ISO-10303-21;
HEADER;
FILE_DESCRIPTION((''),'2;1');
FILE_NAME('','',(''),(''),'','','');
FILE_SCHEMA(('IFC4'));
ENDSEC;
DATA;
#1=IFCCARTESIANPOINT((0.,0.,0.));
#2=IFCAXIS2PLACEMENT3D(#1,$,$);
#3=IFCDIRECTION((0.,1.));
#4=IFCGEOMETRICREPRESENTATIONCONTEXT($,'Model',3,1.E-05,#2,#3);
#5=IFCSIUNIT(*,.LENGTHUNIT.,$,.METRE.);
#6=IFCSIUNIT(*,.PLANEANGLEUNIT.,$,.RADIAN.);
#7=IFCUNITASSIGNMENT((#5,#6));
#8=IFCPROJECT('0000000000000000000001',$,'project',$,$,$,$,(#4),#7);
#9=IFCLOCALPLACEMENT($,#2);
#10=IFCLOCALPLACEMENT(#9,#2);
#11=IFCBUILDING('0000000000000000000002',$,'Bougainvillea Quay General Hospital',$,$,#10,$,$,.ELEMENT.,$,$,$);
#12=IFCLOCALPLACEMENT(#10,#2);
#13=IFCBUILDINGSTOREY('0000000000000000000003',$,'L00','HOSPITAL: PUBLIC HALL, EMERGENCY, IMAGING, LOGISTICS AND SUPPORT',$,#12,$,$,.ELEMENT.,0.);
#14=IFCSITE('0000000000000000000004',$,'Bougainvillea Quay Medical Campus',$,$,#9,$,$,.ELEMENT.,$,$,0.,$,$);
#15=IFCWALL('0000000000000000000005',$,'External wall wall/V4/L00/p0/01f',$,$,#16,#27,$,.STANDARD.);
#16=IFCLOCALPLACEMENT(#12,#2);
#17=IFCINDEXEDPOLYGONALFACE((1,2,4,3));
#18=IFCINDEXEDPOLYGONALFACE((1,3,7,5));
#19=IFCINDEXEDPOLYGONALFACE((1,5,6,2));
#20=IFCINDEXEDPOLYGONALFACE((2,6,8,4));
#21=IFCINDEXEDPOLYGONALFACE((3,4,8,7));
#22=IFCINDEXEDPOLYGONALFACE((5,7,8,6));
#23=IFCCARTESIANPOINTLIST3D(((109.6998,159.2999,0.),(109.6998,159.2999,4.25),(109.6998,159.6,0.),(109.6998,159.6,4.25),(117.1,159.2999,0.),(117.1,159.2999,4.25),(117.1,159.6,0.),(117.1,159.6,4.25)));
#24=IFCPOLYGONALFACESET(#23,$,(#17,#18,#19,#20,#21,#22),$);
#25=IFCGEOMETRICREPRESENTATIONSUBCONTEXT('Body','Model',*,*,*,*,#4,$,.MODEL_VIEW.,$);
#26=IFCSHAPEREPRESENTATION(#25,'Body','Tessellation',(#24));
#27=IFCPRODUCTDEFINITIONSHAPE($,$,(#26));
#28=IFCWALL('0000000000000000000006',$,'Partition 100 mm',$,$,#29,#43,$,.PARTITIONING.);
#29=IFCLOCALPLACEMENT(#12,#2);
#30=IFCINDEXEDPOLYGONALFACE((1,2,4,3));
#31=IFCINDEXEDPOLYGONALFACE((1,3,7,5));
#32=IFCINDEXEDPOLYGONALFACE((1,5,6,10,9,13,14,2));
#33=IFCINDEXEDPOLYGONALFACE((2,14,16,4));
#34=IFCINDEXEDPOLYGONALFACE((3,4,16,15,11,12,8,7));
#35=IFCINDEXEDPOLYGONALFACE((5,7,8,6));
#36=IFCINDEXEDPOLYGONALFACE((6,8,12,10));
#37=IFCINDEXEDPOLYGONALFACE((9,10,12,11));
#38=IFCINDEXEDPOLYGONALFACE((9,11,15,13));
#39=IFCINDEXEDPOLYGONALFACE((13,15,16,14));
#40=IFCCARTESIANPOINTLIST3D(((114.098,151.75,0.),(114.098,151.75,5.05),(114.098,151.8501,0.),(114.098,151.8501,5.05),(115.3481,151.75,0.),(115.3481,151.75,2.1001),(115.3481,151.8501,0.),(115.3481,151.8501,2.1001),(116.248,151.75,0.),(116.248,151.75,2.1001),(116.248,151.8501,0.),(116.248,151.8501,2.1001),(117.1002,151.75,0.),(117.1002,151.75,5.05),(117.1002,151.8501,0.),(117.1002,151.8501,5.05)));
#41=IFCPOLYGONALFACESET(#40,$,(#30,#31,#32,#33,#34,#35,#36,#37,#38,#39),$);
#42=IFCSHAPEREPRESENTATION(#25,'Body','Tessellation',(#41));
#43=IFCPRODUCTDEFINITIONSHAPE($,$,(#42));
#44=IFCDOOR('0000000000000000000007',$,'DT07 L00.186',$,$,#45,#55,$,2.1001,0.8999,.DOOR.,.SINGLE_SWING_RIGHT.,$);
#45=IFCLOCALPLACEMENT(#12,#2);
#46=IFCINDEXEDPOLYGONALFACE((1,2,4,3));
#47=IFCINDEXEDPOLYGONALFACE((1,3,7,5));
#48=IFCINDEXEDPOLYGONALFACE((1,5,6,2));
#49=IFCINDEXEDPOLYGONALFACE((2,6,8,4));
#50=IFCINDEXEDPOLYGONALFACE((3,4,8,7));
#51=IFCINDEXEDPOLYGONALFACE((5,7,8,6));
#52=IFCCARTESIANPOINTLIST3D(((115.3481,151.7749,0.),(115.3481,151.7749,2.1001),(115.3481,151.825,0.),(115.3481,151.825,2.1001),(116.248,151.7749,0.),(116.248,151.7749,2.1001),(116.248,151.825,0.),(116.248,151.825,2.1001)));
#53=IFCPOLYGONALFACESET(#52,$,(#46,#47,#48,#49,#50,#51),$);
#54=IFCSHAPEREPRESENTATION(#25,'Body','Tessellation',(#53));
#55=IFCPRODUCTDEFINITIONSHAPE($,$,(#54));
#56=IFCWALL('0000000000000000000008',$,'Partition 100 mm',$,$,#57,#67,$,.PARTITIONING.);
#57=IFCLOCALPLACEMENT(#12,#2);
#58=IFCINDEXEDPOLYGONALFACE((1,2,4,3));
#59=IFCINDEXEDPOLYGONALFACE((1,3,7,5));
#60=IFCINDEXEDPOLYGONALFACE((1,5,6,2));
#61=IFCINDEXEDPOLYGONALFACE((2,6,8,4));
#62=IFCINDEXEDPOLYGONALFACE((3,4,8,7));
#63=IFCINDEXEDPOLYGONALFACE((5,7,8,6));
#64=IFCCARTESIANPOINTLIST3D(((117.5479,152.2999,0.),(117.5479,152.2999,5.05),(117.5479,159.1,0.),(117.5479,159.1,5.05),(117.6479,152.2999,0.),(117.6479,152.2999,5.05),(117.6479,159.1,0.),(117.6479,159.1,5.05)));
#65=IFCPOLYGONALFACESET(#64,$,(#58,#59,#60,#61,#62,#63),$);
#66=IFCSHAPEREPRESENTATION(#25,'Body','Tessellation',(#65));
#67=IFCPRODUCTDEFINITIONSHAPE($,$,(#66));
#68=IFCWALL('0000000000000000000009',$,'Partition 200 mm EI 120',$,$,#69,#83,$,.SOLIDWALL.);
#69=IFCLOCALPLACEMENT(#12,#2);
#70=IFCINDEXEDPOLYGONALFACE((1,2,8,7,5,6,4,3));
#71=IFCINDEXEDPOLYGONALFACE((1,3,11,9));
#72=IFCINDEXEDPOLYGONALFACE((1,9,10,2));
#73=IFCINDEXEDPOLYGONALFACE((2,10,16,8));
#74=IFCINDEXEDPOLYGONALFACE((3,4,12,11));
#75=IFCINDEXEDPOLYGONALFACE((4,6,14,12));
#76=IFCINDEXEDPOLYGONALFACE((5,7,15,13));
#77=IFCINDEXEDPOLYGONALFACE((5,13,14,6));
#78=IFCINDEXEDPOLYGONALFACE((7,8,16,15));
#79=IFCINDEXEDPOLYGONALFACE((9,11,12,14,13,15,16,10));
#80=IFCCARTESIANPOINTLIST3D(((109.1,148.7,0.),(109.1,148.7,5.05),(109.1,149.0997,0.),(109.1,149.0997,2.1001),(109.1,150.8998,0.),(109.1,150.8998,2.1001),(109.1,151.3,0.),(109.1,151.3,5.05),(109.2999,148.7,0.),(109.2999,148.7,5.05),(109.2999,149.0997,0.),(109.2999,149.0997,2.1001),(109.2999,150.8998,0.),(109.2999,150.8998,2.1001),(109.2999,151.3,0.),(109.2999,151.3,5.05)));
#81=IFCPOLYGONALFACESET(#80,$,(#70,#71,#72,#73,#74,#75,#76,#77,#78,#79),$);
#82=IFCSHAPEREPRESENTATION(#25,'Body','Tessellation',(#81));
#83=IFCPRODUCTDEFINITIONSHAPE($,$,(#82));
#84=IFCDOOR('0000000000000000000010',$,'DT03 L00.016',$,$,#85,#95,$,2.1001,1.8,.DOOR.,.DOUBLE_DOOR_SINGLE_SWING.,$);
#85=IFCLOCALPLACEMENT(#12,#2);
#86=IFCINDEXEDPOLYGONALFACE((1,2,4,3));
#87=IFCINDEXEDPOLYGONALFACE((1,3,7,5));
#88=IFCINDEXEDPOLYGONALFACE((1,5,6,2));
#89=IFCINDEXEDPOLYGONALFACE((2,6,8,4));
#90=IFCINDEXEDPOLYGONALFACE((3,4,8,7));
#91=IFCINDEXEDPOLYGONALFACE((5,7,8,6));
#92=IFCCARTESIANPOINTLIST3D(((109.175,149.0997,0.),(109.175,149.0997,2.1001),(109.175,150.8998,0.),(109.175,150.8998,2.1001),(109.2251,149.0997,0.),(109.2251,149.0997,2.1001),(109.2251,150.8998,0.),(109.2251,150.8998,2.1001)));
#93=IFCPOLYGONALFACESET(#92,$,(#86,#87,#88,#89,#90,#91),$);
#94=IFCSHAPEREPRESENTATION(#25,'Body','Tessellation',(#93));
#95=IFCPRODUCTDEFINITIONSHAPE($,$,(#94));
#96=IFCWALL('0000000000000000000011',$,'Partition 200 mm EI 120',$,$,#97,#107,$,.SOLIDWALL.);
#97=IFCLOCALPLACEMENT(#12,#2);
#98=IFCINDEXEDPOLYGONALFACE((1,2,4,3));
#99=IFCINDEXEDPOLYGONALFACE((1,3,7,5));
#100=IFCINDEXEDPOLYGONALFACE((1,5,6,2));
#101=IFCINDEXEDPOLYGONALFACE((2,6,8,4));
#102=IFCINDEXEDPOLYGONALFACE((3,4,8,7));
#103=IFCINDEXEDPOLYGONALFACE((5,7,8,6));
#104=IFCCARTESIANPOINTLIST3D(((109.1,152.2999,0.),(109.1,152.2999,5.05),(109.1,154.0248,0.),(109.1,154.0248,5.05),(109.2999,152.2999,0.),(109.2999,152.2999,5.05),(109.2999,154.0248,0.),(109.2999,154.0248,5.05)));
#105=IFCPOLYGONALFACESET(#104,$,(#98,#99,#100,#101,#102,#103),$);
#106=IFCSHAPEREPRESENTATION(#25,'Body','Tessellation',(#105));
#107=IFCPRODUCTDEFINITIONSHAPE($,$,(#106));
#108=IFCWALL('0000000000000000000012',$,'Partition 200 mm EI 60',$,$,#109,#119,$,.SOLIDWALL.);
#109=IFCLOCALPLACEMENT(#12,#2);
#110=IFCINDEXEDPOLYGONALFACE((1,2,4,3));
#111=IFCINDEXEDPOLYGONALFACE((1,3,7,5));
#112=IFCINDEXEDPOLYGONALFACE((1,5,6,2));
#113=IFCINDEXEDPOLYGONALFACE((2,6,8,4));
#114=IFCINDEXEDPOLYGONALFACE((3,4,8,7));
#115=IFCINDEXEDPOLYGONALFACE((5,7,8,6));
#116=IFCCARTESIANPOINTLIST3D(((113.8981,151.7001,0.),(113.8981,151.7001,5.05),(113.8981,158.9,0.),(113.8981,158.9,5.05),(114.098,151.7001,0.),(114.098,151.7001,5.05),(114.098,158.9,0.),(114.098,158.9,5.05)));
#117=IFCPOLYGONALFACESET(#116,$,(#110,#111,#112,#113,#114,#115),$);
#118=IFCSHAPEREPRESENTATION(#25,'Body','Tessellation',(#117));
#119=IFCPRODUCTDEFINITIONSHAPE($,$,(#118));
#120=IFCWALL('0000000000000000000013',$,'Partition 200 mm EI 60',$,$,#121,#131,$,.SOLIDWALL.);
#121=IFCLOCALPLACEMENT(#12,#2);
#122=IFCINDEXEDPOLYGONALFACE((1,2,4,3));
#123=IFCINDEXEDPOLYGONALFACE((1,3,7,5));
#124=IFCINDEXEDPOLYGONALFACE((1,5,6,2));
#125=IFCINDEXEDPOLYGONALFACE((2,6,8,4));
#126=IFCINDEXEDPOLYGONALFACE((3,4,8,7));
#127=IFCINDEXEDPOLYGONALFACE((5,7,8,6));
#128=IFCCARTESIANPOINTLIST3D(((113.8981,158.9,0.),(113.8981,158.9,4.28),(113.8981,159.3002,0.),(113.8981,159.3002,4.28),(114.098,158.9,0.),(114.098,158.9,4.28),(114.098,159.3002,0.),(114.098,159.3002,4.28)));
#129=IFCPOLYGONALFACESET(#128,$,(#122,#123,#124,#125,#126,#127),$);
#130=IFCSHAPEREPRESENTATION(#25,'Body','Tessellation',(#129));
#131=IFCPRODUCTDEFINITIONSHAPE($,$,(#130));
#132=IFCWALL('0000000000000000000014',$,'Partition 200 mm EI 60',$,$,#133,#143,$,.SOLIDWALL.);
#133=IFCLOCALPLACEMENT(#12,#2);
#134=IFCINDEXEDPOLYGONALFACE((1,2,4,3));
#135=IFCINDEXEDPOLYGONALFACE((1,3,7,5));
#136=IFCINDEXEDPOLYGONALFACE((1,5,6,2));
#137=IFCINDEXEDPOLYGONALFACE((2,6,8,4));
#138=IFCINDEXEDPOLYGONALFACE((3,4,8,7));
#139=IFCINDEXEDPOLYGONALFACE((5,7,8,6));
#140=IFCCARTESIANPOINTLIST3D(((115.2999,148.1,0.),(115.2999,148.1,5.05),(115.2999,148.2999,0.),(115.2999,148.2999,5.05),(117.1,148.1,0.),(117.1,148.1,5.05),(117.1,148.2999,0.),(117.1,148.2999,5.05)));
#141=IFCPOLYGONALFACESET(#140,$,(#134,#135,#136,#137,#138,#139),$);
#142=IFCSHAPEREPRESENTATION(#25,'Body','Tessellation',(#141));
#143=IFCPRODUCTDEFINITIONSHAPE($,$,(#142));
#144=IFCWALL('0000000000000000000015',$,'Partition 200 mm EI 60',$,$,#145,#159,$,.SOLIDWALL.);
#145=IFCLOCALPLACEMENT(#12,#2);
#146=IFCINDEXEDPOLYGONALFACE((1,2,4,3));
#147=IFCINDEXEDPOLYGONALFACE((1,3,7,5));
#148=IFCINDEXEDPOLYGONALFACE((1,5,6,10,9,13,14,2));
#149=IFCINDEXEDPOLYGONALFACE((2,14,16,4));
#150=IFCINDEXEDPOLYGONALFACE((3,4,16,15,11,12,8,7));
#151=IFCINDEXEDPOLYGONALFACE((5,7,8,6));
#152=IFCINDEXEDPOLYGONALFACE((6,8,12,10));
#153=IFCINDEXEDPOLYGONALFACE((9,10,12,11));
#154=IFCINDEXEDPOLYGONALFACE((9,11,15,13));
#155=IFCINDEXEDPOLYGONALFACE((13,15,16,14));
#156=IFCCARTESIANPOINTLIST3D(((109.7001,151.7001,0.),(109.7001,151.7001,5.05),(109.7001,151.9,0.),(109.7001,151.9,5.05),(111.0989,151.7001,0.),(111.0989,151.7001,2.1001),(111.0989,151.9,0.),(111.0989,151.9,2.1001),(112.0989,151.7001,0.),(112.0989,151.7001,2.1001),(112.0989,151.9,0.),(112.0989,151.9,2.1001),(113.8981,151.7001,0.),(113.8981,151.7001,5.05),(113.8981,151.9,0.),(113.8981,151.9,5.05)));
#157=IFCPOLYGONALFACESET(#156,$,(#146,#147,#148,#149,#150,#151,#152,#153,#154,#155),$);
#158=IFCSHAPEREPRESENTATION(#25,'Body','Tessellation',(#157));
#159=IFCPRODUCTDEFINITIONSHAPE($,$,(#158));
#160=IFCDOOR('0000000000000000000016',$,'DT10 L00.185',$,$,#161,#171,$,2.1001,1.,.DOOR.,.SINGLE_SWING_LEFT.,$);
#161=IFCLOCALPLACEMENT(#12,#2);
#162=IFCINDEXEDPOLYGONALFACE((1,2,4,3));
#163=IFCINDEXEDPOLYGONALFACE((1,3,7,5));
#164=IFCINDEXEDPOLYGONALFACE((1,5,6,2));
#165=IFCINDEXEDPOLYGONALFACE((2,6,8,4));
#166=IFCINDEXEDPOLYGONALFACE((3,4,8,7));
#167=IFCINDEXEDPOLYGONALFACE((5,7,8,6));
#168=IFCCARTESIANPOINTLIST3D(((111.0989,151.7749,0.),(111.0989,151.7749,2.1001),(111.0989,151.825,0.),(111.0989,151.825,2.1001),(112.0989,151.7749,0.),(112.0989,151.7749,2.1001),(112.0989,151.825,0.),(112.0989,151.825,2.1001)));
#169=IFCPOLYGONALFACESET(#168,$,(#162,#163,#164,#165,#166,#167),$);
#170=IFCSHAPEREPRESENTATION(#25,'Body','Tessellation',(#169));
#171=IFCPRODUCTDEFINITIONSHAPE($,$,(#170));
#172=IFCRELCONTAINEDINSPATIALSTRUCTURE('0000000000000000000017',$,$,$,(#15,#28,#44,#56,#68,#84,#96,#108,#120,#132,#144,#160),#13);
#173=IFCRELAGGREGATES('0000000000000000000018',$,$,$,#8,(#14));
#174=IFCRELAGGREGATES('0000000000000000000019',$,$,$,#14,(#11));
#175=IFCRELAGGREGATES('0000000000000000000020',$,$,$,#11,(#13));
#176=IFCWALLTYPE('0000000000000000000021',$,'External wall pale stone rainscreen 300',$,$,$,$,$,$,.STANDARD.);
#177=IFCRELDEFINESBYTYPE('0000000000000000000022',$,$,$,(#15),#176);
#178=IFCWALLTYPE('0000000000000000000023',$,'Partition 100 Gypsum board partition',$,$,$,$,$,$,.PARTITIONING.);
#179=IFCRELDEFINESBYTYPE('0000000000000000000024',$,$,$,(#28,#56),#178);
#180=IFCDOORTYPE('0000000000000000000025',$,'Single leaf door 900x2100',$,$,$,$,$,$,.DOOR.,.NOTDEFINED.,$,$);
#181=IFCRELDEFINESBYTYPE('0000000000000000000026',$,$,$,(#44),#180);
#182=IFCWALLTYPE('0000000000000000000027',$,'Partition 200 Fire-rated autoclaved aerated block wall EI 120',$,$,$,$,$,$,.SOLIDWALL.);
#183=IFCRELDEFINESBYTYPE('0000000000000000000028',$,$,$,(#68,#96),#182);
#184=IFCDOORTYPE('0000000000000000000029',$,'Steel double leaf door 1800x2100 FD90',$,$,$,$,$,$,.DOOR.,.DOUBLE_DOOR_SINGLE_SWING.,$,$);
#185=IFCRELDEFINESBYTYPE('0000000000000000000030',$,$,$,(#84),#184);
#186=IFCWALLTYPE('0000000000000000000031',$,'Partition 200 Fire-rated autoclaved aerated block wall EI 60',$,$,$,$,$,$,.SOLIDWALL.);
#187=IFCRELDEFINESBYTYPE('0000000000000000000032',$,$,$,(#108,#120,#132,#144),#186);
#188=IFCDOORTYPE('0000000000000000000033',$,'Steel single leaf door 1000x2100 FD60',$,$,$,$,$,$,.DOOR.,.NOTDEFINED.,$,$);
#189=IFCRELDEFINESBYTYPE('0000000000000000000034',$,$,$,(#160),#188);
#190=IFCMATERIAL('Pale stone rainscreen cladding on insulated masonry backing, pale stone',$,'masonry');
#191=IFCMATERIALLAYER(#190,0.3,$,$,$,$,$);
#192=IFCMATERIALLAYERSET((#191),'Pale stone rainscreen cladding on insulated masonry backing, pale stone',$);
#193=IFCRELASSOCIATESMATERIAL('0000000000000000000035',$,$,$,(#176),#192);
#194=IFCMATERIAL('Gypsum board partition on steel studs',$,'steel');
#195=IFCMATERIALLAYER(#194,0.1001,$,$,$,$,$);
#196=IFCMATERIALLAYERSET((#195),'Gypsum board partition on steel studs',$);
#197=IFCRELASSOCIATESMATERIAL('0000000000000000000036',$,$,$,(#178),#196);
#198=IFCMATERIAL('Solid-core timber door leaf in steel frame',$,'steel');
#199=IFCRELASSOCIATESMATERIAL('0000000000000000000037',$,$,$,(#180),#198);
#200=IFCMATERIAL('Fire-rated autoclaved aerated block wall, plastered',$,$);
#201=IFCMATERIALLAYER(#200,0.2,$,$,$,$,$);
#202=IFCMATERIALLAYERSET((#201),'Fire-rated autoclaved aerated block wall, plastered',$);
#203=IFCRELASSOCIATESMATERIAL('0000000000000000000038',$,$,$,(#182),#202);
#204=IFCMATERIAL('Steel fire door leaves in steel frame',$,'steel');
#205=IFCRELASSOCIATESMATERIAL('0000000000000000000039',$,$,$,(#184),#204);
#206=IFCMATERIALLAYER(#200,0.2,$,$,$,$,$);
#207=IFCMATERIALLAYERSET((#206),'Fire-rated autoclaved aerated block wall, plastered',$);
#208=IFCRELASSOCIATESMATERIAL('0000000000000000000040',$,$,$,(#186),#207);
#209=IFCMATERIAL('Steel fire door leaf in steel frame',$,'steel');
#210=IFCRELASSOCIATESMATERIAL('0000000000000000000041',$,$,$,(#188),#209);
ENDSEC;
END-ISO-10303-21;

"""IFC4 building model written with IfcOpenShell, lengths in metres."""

from ifc_helpers import new_model, si_unit, direction, frame, frame_2d, origin, place, context, subcontext, project, spatial, rectangle, extrude, material, layer, layer_set, type_object, element, fill, save


model = new_model("IFC4")

# Units and contexts
model_context = context("Model", 3, precision=1e-05, world=origin(), true_north=direction((0.0, 1.0)))
body_context = subcontext(model_context, "Body", "Model", "MODEL_VIEW")
ifc_project = project(units=[si_unit("LENGTHUNIT", "METRE"), si_unit("PLANEANGLEUNIT", "RADIAN")], contexts=[model_context])

# Site, building, storey
site_placement = place(None, origin())
site = spatial("IfcSite", under=ifc_project, at=site_placement, Name="Bougainvillea Quay Medical Campus", CompositionType="ELEMENT", RefElevation=0.0)
building_placement = place(site_placement, origin())
building = spatial("IfcBuilding", under=site, at=building_placement, Name="Bougainvillea Quay General Hospital", CompositionType="ELEMENT")
storey_placement = place(building_placement, origin())
storey = spatial("IfcBuildingStorey", under=building, at=storey_placement, Name="L00", Description="HOSPITAL: PUBLIC HALL, EMERGENCY, IMAGING, LOGISTICS AND SUPPORT", CompositionType="ELEMENT", Elevation=0.0)

# Wall
ifc_material_1 = material(Name="Pale stone rainscreen cladding on insulated masonry backing, pale stone", Category="masonry")
ifc_layer_1 = layer(ifc_material_1, 0.3)
ifc_layer_set_1 = layer_set([ifc_layer_1], Name="Pale stone rainscreen cladding on insulated masonry backing, pale stone")
wall_type_1 = type_object("IfcWallType", Name="External wall pale stone rainscreen 300", PredefinedType="STANDARD", material=ifc_layer_set_1)
wall_1_placement = place(storey_placement, frame((117.1001, 159.45, 0.0), z_axis=(0.0, 0.0, 1.0), x_axis=(-1.0, 0.0, 0.0)))
element("IfcWall", 1, at=wall_1_placement, inside=storey, type_object=wall_type_1, Name="External wall wall/V4/L00/p0/01f", PredefinedType="STANDARD", context=body_context, shape_type="SweptSolid", body=[
    extrude(rectangle(XDim=7.4001, YDim=0.3, at=frame_2d((3.7002, 0.0))), origin(), (0.0, 0.0, 1.0), 4.25),
])

# Wall, opening, door
ifc_material_2 = material(Name="Gypsum board partition on steel studs", Category="steel")
ifc_layer_2 = layer(ifc_material_2, 0.1001)
ifc_layer_set_2 = layer_set([ifc_layer_2], Name="Gypsum board partition on steel studs")
wall_type_2 = type_object("IfcWallType", Name="Partition 100 Gypsum board partition", PredefinedType="PARTITIONING", material=ifc_layer_set_2)
wall_2_placement = place(storey_placement, frame((117.1001, 151.8, 0.0), z_axis=(0.0, 0.0, 1.0), x_axis=(-1.0, 0.0, 0.0)))
wall_2 = element("IfcWall", 2, at=wall_2_placement, inside=storey, type_object=wall_type_2, Name="Partition 100 mm", PredefinedType="PARTITIONING", context=body_context, shape_type="SweptSolid", body=[
    extrude(rectangle(XDim=3.0022, YDim=0.1001, at=frame_2d((1.501, 0.0))), origin(), (0.0, 0.0, 1.0), 5.05),
])
opening_1_placement = place(wall_2_placement, frame((0.8521, 0.0, 0.0)))
opening_1 = element("IfcOpeningElement", 3, at=opening_1_placement, cuts=wall_2, PredefinedType="OPENING", context=body_context, shape_type="SweptSolid", body=[
    extrude(rectangle(XDim=0.8999, YDim=2.1001, at=frame_2d((0.45, 1.05))), frame((0.0, 0.0601, 0.0), z_axis=(0.0, -1.0, 0.0), x_axis=(1.0, 0.0, 0.0)), (0.0, 0.0, 1.0), 0.1201),
])
ifc_material_3 = material(Name="Solid-core timber door leaf in steel frame", Category="steel")
door_type_1 = type_object("IfcDoorType", Name="Single leaf door 900x2100", OperationType="NOTDEFINED", PredefinedType="DOOR", material=ifc_material_3)
door_1_placement = place(opening_1_placement, frame((0.8999, 0.0, 0.0), z_axis=(0.0, 0.0, 1.0), x_axis=(-1.0, 0.0, 0.0)))
door_1 = element("IfcDoor", 4, at=door_1_placement, inside=storey, type_object=door_type_1, Name="DT07 L00.186", OperationType="SINGLE_SWING_RIGHT", OverallHeight=2.1001, OverallWidth=0.8999, PredefinedType="DOOR", context=body_context, shape_type="SweptSolid", body=[
    extrude(rectangle(XDim=0.8999, YDim=2.1001, at=frame_2d((0.45, 1.05))), frame((0.0, 0.0249, 0.0), z_axis=(0.0, -1.0, 0.0), x_axis=(1.0, 0.0, 0.0)), (0.0, 0.0, 1.0), 0.05),
])
fill(opening_1, door_1)

# Wall
wall_3_placement = place(storey_placement, frame((117.5979, 152.3, 0.0), z_axis=(0.0, 0.0, 1.0), x_axis=(0.0, 1.0, 0.0)))
element("IfcWall", 5, at=wall_3_placement, inside=storey, type_object=wall_type_2, Name="Partition 100 mm", PredefinedType="PARTITIONING", context=body_context, shape_type="SweptSolid", body=[
    extrude(rectangle(XDim=6.8, YDim=0.1001, at=frame_2d((3.3999, 0.0))), origin(), (0.0, 0.0, 1.0), 5.05),
])

# Wall, opening, door
ifc_material_4 = material(Name="Fire-rated autoclaved aerated block wall, plastered")
ifc_layer_3 = layer(ifc_material_4, 0.2)
ifc_layer_set_3 = layer_set([ifc_layer_3], Name="Fire-rated autoclaved aerated block wall, plastered")
wall_type_3 = type_object("IfcWallType", Name="Partition 200 Fire-rated autoclaved aerated block wall EI 120", PredefinedType="SOLIDWALL", material=ifc_layer_set_3)
wall_4_placement = place(storey_placement, frame((109.2, 148.7, 0.0), z_axis=(0.0, 0.0, 1.0), x_axis=(0.0, 1.0, 0.0)))
wall_4 = element("IfcWall", 6, at=wall_4_placement, inside=storey, type_object=wall_type_3, Name="Partition 200 mm EI 120", PredefinedType="SOLIDWALL", context=body_context, shape_type="SweptSolid", body=[
    extrude(rectangle(XDim=2.6001, YDim=0.2, at=frame_2d((1.3, 0.0))), origin(), (0.0, 0.0, 1.0), 5.05),
])
opening_2_placement = place(wall_4_placement, frame((0.3999, 0.0, 0.0)))
opening_2 = element("IfcOpeningElement", 7, at=opening_2_placement, cuts=wall_4, PredefinedType="OPENING", context=body_context, shape_type="SweptSolid", body=[
    extrude(rectangle(XDim=1.8, YDim=2.1001, at=frame_2d((0.8999, 1.05))), frame((0.0, 0.1099, 0.0), z_axis=(0.0, -1.0, 0.0), x_axis=(1.0, 0.0, 0.0)), (0.0, 0.0, 1.0), 0.22),
])
ifc_material_5 = material(Name="Steel fire door leaves in steel frame", Category="steel")
door_type_2 = type_object("IfcDoorType", Name="Steel double leaf door 1800x2100 FD90", OperationType="DOUBLE_DOOR_SINGLE_SWING", PredefinedType="DOOR", material=ifc_material_5)
door_2_placement = place(opening_2_placement, origin())
door_2 = element("IfcDoor", 8, at=door_2_placement, inside=storey, type_object=door_type_2, Name="DT03 L00.016", OperationType="DOUBLE_DOOR_SINGLE_SWING", OverallHeight=2.1001, OverallWidth=1.8, PredefinedType="DOOR", context=body_context, shape_type="SweptSolid", body=[
    extrude(rectangle(XDim=1.8, YDim=2.1001, at=frame_2d((0.8999, 1.05))), frame((0.0, 0.0249, 0.0), z_axis=(0.0, -1.0, 0.0), x_axis=(1.0, 0.0, 0.0)), (0.0, 0.0, 1.0), 0.05),
])
fill(opening_2, door_2)

# Walls
wall_5_placement = place(storey_placement, frame((109.2, 152.3, 0.0), z_axis=(0.0, 0.0, 1.0), x_axis=(0.0, 1.0, 0.0)))
element("IfcWall", 9, at=wall_5_placement, inside=storey, type_object=wall_type_3, Name="Partition 200 mm EI 120", PredefinedType="SOLIDWALL", context=body_context, shape_type="SweptSolid", body=[
    extrude(rectangle(XDim=1.7249, YDim=0.2, at=frame_2d((0.8623, 0.0))), origin(), (0.0, 0.0, 1.0), 5.05),
])
ifc_layer_4 = layer(ifc_material_4, 0.2)
ifc_layer_set_4 = layer_set([ifc_layer_4], Name="Fire-rated autoclaved aerated block wall, plastered")
wall_type_4 = type_object("IfcWallType", Name="Partition 200 Fire-rated autoclaved aerated block wall EI 60", PredefinedType="SOLIDWALL", material=ifc_layer_set_4)
wall_6_placement = place(storey_placement, frame((113.998, 151.7, 0.0), z_axis=(0.0, 0.0, 1.0), x_axis=(0.0, 1.0, 0.0)))
element("IfcWall", 10, at=wall_6_placement, inside=storey, type_object=wall_type_4, Name="Partition 200 mm EI 60", PredefinedType="SOLIDWALL", context=body_context, shape_type="SweptSolid", body=[
    extrude(rectangle(XDim=7.2, YDim=0.2, at=frame_2d((3.6001, 0.0))), origin(), (0.0, 0.0, 1.0), 5.05),
])
wall_7_placement = place(storey_placement, frame((113.998, 158.8999, 0.0), z_axis=(0.0, 0.0, 1.0), x_axis=(0.0, 1.0, 0.0)))
element("IfcWall", 11, at=wall_7_placement, inside=storey, type_object=wall_type_4, Name="Partition 200 mm EI 60", PredefinedType="SOLIDWALL", context=body_context, shape_type="SweptSolid", body=[
    extrude(rectangle(XDim=0.4001, YDim=0.2, at=frame_2d((0.2002, 0.0))), origin(), (0.0, 0.0, 1.0), 4.28),
])
wall_8_placement = place(storey_placement, frame((115.3, 148.2, 0.0), z_axis=(0.0, 0.0, 1.0), x_axis=(1.0, 0.0, 0.0)))
element("IfcWall", 12, at=wall_8_placement, inside=storey, type_object=wall_type_4, Name="Partition 200 mm EI 60", PredefinedType="SOLIDWALL", context=body_context, shape_type="SweptSolid", body=[
    extrude(rectangle(XDim=1.8, YDim=0.2, at=frame_2d((0.8999, 0.0))), origin(), (0.0, 0.0, 1.0), 5.05),
])

# Wall, opening, door
wall_9_placement = place(storey_placement, frame((109.7, 151.8, 0.0), z_axis=(0.0, 0.0, 1.0), x_axis=(1.0, 0.0, 0.0)))
wall_9 = element("IfcWall", 13, at=wall_9_placement, inside=storey, type_object=wall_type_4, Name="Partition 200 mm EI 60", PredefinedType="SOLIDWALL", context=body_context, shape_type="SweptSolid", body=[
    extrude(rectangle(XDim=4.198, YDim=0.2, at=frame_2d((2.0991, 0.0))), origin(), (0.0, 0.0, 1.0), 5.05),
])
opening_3_placement = place(wall_9_placement, frame((1.3989, 0.0, 0.0)))
opening_3 = element("IfcOpeningElement", 14, at=opening_3_placement, cuts=wall_9, PredefinedType="OPENING", context=body_context, shape_type="SweptSolid", body=[
    extrude(rectangle(XDim=1.0, YDim=2.1001, at=frame_2d((0.5, 1.05))), frame((0.0, 0.1099, 0.0), z_axis=(0.0, -1.0, 0.0), x_axis=(1.0, 0.0, 0.0)), (0.0, 0.0, 1.0), 0.22),
])
ifc_material_6 = material(Name="Steel fire door leaf in steel frame", Category="steel")
door_type_3 = type_object("IfcDoorType", Name="Steel single leaf door 1000x2100 FD60", OperationType="NOTDEFINED", PredefinedType="DOOR", material=ifc_material_6)
door_3_placement = place(opening_3_placement, origin())
door_3 = element("IfcDoor", 15, at=door_3_placement, inside=storey, type_object=door_type_3, Name="DT10 L00.185", OperationType="SINGLE_SWING_LEFT", OverallHeight=2.1001, OverallWidth=1.0, PredefinedType="DOOR", context=body_context, shape_type="SweptSolid", body=[
    extrude(rectangle(XDim=1.0, YDim=2.1001, at=frame_2d((0.5, 1.05))), frame((0.0, 0.0249, 0.0), z_axis=(0.0, -1.0, 0.0), x_axis=(1.0, 0.0, 0.0)), (0.0, 0.0, 1.0), 0.05),
])
fill(opening_3, door_3)

save(model, "model.ifc")
